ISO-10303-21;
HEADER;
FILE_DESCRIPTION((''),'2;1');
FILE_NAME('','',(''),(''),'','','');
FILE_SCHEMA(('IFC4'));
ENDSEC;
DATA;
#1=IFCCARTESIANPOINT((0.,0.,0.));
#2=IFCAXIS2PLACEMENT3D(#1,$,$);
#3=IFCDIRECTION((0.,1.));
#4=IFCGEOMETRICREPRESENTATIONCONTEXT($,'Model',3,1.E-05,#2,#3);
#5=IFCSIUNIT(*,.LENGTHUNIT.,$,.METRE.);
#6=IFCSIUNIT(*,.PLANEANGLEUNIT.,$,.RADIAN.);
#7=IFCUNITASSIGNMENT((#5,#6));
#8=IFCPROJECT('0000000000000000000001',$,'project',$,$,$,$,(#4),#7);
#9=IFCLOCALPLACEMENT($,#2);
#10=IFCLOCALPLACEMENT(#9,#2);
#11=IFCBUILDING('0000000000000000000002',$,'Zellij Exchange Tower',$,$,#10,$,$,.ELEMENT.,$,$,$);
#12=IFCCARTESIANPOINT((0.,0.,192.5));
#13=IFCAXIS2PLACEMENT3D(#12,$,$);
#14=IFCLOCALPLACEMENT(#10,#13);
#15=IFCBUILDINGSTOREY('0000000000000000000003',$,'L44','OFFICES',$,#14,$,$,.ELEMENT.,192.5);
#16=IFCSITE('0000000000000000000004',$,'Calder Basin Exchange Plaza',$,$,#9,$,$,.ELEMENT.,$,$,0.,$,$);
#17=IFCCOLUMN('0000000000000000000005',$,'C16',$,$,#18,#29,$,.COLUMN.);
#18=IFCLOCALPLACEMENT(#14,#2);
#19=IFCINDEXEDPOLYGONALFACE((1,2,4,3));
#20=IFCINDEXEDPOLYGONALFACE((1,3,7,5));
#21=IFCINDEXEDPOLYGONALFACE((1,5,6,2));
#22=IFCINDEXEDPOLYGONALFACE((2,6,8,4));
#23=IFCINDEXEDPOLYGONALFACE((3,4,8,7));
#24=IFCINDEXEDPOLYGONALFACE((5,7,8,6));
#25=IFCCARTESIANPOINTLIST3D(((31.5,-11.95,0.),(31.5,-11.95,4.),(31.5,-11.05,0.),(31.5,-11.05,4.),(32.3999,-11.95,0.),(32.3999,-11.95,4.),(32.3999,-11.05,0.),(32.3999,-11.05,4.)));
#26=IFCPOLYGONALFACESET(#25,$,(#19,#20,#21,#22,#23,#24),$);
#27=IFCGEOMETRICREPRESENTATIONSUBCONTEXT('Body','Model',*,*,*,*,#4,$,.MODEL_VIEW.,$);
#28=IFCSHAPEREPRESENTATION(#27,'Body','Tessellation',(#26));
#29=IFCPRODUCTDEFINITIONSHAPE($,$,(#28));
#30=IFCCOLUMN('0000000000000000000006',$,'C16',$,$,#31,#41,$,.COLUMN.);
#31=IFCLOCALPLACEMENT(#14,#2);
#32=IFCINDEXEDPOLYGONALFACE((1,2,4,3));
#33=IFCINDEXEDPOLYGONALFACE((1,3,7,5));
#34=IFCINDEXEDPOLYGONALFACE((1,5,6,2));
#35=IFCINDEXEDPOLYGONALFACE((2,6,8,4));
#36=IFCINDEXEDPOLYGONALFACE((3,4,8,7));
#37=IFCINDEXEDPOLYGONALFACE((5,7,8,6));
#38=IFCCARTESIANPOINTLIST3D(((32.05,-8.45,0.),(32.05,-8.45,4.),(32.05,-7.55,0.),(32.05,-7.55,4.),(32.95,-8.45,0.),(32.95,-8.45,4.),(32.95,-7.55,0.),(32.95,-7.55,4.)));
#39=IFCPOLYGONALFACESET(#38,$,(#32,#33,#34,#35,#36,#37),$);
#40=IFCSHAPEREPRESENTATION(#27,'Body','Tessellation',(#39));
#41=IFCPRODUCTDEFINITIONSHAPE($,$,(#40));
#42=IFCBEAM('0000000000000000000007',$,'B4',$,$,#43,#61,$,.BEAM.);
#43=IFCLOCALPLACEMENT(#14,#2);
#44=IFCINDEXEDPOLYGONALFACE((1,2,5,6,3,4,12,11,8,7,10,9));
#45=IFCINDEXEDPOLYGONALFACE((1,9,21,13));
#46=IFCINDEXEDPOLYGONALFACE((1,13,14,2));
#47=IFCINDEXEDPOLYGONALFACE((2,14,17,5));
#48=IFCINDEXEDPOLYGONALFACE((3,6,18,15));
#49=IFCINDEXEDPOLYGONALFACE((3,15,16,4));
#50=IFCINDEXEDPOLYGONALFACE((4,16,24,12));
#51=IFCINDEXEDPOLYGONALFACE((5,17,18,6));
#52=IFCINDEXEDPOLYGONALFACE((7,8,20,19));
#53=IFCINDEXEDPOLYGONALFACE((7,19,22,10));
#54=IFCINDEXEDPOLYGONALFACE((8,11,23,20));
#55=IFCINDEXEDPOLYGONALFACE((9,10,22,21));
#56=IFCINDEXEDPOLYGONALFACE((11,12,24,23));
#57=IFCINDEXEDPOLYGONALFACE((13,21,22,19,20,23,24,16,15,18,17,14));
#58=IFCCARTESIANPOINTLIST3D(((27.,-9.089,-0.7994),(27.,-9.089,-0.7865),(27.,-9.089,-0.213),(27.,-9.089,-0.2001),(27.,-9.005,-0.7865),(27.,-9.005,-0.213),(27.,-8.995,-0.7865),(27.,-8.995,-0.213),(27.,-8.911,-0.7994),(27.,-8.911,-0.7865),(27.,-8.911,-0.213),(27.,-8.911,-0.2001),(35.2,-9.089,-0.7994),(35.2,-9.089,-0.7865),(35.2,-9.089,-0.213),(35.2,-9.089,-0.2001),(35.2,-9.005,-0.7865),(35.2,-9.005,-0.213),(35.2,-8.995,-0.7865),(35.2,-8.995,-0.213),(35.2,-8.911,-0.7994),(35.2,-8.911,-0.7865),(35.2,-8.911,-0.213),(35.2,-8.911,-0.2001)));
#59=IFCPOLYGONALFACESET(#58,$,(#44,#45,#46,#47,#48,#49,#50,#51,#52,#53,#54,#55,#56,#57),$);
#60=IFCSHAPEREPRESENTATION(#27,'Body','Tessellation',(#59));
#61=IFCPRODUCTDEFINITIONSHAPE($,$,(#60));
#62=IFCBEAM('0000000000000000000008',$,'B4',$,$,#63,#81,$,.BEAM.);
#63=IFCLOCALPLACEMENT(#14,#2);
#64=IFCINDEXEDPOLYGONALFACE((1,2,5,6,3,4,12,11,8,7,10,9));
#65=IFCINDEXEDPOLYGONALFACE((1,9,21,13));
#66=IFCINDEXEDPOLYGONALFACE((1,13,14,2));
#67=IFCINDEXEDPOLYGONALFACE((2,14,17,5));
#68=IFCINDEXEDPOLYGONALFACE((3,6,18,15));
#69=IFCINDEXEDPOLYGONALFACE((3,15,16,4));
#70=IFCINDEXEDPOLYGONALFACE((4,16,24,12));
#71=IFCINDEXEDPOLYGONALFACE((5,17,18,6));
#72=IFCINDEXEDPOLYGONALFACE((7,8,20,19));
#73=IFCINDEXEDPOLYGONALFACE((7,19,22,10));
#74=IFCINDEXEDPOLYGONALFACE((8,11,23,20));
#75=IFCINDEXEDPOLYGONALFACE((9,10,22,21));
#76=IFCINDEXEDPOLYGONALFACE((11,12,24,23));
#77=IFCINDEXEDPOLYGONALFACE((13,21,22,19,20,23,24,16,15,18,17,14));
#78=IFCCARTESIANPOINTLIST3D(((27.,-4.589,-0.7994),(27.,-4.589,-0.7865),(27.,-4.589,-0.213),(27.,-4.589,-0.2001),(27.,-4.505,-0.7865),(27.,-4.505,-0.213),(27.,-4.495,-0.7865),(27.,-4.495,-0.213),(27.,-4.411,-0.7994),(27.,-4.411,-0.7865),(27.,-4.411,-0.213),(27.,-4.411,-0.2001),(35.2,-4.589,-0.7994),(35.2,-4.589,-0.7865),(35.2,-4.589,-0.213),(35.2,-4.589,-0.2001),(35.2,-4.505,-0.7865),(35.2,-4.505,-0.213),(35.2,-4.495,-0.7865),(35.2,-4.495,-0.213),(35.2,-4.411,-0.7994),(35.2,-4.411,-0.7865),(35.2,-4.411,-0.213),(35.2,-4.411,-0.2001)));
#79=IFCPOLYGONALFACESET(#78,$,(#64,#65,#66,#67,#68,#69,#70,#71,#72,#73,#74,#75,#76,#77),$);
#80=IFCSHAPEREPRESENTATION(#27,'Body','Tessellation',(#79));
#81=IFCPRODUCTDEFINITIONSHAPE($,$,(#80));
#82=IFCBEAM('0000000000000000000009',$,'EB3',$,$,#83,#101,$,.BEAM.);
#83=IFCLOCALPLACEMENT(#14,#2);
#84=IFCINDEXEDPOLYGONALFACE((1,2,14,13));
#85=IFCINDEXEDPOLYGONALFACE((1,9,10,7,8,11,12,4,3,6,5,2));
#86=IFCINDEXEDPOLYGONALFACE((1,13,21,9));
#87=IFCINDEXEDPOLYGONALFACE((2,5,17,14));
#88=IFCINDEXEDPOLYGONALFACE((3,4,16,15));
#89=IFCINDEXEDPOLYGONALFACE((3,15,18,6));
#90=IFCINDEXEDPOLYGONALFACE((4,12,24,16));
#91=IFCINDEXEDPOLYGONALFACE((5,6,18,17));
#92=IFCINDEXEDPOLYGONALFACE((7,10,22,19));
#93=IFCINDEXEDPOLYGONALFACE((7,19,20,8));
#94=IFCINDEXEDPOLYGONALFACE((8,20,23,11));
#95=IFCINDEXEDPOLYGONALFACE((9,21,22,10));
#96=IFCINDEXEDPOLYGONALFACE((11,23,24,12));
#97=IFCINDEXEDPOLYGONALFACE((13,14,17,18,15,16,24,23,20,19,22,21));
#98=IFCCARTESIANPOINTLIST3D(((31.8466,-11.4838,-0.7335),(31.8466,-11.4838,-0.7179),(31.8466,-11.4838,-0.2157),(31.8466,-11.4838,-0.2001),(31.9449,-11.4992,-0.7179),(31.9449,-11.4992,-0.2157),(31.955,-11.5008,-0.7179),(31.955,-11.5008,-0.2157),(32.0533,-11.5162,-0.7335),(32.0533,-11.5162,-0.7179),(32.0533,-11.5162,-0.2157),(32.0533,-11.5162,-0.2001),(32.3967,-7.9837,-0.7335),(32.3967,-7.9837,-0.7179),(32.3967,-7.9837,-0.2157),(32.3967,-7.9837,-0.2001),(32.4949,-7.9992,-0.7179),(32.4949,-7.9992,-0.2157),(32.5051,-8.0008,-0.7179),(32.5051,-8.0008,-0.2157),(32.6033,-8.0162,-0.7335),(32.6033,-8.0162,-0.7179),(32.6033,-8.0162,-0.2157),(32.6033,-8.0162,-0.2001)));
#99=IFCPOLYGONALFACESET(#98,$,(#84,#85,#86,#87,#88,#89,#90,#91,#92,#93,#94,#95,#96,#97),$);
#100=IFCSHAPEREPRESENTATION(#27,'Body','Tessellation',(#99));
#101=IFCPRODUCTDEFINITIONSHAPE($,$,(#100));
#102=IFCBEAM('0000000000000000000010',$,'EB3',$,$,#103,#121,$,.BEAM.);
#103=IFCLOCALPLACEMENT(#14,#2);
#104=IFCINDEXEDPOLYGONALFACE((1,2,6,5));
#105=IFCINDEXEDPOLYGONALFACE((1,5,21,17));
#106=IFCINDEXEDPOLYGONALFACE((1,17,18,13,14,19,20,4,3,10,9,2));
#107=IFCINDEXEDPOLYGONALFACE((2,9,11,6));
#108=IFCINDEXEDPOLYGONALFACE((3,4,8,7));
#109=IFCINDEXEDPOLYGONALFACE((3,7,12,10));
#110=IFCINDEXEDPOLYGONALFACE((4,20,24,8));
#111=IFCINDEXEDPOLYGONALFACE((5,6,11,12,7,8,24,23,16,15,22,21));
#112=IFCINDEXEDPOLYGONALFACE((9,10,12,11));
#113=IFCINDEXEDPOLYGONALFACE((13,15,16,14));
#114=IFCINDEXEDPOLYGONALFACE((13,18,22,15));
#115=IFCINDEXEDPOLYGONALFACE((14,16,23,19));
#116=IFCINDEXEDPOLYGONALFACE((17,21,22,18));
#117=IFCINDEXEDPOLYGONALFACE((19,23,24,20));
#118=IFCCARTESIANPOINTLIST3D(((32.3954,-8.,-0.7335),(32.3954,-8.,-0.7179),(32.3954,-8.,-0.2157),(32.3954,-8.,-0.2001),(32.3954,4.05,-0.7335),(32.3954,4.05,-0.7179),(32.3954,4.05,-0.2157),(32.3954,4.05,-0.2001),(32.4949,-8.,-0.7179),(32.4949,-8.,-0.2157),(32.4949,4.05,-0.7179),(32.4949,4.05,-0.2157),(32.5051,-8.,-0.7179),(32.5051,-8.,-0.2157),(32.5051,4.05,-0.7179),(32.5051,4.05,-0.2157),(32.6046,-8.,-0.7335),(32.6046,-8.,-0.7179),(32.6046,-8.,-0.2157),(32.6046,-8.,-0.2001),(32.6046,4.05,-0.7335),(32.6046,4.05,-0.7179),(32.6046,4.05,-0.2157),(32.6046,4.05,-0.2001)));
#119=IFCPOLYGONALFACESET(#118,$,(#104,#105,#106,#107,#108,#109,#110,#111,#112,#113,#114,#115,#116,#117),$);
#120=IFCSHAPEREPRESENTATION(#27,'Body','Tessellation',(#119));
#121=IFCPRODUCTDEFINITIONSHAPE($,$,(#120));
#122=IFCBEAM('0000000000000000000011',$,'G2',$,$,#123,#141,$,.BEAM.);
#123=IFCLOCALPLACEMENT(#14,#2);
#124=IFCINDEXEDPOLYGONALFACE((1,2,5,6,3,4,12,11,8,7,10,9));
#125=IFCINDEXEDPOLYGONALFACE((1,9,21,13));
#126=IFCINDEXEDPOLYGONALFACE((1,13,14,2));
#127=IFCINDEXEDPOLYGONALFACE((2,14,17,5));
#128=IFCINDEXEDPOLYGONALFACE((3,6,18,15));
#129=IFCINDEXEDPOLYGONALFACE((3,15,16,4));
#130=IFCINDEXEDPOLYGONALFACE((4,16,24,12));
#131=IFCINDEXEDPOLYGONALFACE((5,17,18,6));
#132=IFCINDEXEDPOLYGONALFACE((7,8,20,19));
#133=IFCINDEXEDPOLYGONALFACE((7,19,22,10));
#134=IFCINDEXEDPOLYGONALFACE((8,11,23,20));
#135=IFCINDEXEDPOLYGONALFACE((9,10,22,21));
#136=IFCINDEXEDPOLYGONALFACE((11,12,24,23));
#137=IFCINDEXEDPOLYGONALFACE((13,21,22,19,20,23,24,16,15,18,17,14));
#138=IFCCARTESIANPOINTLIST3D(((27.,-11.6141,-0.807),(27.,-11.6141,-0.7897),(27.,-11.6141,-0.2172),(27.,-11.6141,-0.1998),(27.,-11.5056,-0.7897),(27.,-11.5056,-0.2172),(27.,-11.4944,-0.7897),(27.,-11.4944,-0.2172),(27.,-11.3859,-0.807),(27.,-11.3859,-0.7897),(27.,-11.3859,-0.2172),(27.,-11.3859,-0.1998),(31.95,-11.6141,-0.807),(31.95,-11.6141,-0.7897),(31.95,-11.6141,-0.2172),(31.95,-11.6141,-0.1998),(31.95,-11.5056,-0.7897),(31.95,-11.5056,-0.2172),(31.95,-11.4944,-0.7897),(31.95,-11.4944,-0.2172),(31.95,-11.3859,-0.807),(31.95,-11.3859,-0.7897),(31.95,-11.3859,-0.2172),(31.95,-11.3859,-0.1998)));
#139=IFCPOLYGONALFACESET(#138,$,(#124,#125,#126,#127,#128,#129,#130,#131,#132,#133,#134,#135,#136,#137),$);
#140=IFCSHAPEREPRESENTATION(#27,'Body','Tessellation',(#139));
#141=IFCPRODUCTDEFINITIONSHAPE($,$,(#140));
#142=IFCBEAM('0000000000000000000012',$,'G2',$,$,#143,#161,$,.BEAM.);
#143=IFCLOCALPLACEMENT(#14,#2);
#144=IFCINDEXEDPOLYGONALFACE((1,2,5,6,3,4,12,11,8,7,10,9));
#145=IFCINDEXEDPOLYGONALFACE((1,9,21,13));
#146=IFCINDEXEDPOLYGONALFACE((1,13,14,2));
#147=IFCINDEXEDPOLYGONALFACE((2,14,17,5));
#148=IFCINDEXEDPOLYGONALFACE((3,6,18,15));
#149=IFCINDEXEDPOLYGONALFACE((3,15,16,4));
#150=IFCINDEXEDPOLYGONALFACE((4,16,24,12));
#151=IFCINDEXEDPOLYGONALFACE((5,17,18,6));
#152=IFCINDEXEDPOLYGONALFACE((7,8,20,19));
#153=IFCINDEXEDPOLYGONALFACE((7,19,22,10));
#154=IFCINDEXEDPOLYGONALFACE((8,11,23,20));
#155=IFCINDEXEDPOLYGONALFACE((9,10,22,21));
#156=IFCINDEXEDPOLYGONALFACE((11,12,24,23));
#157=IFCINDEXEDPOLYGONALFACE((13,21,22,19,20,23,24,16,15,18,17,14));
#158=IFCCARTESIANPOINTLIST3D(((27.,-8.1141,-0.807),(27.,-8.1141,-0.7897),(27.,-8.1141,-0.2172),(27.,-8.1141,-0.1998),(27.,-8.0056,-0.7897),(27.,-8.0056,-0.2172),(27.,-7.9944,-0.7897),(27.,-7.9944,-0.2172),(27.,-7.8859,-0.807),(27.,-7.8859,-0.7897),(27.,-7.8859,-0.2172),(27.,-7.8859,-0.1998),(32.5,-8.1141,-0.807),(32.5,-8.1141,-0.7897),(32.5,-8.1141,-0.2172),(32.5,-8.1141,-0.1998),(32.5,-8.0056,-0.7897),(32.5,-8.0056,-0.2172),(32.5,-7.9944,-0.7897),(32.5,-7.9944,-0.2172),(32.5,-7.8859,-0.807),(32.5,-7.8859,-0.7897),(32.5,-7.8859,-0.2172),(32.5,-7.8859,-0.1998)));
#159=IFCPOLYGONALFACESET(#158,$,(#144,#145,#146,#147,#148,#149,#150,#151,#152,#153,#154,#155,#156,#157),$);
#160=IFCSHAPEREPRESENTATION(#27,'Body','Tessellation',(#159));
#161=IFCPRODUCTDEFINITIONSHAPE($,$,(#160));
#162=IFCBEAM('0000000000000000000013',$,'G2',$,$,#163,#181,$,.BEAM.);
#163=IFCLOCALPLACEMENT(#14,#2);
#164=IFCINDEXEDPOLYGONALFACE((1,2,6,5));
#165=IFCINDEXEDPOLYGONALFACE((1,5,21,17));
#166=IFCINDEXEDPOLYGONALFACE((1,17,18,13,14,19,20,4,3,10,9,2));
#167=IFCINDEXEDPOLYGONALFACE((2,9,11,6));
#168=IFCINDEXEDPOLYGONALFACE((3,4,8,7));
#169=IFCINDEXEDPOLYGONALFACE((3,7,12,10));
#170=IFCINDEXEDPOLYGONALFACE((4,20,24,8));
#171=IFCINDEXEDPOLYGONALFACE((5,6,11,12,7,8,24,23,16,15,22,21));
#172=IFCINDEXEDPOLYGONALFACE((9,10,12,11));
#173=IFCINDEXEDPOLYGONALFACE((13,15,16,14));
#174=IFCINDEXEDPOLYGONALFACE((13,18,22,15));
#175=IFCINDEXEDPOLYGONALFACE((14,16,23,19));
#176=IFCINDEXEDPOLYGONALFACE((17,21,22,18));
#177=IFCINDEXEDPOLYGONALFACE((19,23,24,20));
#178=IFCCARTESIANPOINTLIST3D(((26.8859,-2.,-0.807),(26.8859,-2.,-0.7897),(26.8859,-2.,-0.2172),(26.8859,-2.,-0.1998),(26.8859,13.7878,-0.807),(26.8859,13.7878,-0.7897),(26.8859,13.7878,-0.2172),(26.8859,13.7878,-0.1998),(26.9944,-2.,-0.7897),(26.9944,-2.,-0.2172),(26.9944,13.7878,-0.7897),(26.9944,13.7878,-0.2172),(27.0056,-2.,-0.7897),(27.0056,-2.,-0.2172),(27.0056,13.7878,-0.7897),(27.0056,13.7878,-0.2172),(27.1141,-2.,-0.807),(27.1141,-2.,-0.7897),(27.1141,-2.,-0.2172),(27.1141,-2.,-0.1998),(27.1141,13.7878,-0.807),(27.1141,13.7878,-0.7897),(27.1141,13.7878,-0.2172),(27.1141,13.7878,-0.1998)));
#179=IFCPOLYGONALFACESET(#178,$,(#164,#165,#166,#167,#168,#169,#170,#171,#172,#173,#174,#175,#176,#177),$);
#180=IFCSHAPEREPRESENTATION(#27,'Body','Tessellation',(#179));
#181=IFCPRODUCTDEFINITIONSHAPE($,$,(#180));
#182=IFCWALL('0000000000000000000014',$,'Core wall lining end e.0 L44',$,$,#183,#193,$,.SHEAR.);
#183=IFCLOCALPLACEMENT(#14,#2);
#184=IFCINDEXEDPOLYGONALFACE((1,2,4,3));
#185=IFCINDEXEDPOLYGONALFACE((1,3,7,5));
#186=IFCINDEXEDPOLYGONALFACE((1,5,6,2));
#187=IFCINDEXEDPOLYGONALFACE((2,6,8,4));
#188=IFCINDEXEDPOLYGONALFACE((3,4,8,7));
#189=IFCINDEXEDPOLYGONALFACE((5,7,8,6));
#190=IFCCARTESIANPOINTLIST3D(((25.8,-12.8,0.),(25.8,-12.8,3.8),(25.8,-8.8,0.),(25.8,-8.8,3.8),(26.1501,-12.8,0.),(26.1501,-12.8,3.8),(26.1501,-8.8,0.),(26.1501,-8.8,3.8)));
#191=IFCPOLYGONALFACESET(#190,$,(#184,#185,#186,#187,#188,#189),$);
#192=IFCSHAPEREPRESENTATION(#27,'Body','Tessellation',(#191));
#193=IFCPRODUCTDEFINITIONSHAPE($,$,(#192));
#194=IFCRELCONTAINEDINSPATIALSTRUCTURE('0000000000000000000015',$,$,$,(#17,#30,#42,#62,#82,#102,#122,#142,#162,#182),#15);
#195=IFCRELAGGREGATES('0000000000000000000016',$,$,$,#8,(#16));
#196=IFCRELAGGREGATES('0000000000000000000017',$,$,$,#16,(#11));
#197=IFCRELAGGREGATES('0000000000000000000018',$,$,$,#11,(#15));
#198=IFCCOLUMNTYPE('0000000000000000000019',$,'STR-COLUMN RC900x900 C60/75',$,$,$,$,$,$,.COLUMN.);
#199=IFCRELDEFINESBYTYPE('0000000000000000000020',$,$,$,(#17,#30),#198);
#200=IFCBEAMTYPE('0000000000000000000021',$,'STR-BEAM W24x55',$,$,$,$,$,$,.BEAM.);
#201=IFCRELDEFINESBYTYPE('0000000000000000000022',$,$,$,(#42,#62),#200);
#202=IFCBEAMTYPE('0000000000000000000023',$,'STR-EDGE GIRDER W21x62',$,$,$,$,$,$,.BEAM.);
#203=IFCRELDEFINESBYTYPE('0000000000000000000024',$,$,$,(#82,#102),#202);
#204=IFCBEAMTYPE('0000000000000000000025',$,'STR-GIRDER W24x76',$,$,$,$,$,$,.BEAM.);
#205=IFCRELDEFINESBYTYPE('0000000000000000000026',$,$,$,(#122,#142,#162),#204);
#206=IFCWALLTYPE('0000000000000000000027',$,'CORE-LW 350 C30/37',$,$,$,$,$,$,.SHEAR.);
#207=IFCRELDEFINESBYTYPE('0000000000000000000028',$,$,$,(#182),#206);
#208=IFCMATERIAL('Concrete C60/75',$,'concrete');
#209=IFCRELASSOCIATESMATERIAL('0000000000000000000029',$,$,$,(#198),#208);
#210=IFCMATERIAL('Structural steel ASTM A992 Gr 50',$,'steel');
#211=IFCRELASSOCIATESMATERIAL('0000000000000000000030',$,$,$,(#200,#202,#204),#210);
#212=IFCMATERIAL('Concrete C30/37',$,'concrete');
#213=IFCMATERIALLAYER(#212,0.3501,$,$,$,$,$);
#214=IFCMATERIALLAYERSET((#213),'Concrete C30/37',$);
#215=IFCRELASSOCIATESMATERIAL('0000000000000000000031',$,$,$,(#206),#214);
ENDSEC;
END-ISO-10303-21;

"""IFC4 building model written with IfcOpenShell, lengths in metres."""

from ifc_helpers import new_model, si_unit, direction, frame, frame_2d, origin, origin_2d, place, context, subcontext, project, spatial, rectangle, i_section, extrude, material, layer, layer_set, material_profile, profile_set, type_object, element, save


model = new_model("IFC4")

# Units and contexts
model_context = context("Model", 3, precision=1e-05, world=origin(), true_north=direction((0.0, 1.0)))
body_context = subcontext(model_context, "Body", "Model", "MODEL_VIEW")
ifc_project = project(units=[si_unit("LENGTHUNIT", "METRE"), si_unit("PLANEANGLEUNIT", "RADIAN")], contexts=[model_context])

# Site, building, storey
site_placement = place(None, origin())
site = spatial("IfcSite", under=ifc_project, at=site_placement, Name="Calder Basin Exchange Plaza", CompositionType="ELEMENT", RefElevation=0.0)
building_placement = place(site_placement, origin())
building = spatial("IfcBuilding", under=site, at=building_placement, Name="Zellij Exchange Tower", CompositionType="ELEMENT")
storey_placement = place(building_placement, frame((0.0, 0.0, 192.5)))
storey = spatial("IfcBuildingStorey", under=building, at=storey_placement, Name="L44", Description="OFFICES", CompositionType="ELEMENT", Elevation=192.5)

# Columns
ifc_material_1 = material(Name="Concrete C60/75", Category="concrete")
ifc_material_profile_1 = material_profile(ifc_material_1, rectangle(XDim=0.8999, YDim=0.8999, at=origin_2d()), Name="STR-COLUMN RC900x900 C60/75")
ifc_profile_set_1 = profile_set([ifc_material_profile_1], Name="Concrete C60/75")
column_type = type_object("IfcColumnType", Name="STR-COLUMN RC900x900 C60/75", PredefinedType="COLUMN", material=ifc_profile_set_1)
for number, where, z_axis, x_axis, name in (
    (1, (31.95, -11.5, 0.0), (0.0, 0.0, 1.0), (1.0, 0.0, 0.0), "C16"),
    (2, (32.5, -8.0, 0.0), (0.0, 0.0, 1.0), (1.0, 0.0, 0.0), "C16"),
):
    element("IfcColumn", number, at=place(storey_placement, frame(where, z_axis=z_axis, x_axis=x_axis)), inside=storey, type_object=column_type, Name=name, PredefinedType="COLUMN", context=body_context, shape_type="SweptSolid", body=[
        extrude(rectangle(XDim=0.8999, YDim=0.8999, at=origin_2d()), origin(), (0.0, 0.0, 1.0), 4.0),
    ])

# Beams
ifc_material_2 = material(Name="Structural steel ASTM A992 Gr 50", Category="steel")
ifc_material_profile_2 = material_profile(ifc_material_2, i_section(OverallWidth=0.178, OverallDepth=0.5994, WebThickness=0.01, FlangeThickness=0.0129, at=origin_2d()), Name="W24x55")
ifc_profile_set_2 = profile_set([ifc_material_profile_2], Name="Structural steel ASTM A992 Gr 50")
beam_type_1 = type_object("IfcBeamType", Name="STR-BEAM W24x55", PredefinedType="BEAM", material=ifc_profile_set_2)
for number, where, z_axis, x_axis, name in (
    (3, (27.0, -9.0, -0.4998), (1.0, 0.0, 0.0), (0.0, 1.0, 0.0), "B4"),
    (4, (27.0, -4.5, -0.4998), (1.0, 0.0, 0.0), (0.0, 1.0, 0.0), "B4"),
):
    element("IfcBeam", number, at=place(storey_placement, frame(where, z_axis=z_axis, x_axis=x_axis)), inside=storey, type_object=beam_type_1, Name=name, PredefinedType="BEAM", context=body_context, shape_type="SweptSolid", body=[
        extrude(i_section(OverallWidth=0.178, OverallDepth=0.5994, WebThickness=0.01, FlangeThickness=0.0129, at=origin_2d()), origin(), (0.0, 0.0, 1.0), 8.2),
    ])
ifc_material_profile_3 = material_profile(ifc_material_2, i_section(OverallWidth=0.2092, OverallDepth=0.5334, WebThickness=0.0103, FlangeThickness=0.0156, at=origin_2d()), Name="W21x62")
ifc_profile_set_3 = profile_set([ifc_material_profile_3], Name="Structural steel ASTM A992 Gr 50")
beam_type_2 = type_object("IfcBeamType", Name="STR-EDGE GIRDER W21x62", PredefinedType="BEAM", material=ifc_profile_set_3)
beam_1_placement = place(storey_placement, frame((31.95, -11.5, -0.4668), z_axis=(0.155251, 0.987875, 0.0), x_axis=(-0.987875, 0.155251, 0.0)))
element("IfcBeam", 5, at=beam_1_placement, inside=storey, type_object=beam_type_2, Name="EB3", PredefinedType="BEAM", context=body_context, shape_type="SweptSolid", body=[
    extrude(i_section(OverallWidth=0.2092, OverallDepth=0.5334, WebThickness=0.0103, FlangeThickness=0.0156, at=origin_2d()), origin(), (0.0, 0.0, 1.0), 3.543),
])
beam_2_placement = place(storey_placement, frame((32.5, -8.0, -0.4668), z_axis=(0.0, 1.0, 0.0), x_axis=(-1.0, 0.0, 0.0)))
element("IfcBeam", 6, at=beam_2_placement, inside=storey, type_object=beam_type_2, Name="EB3", PredefinedType="BEAM", context=body_context, shape_type="SweptSolid", body=[
    extrude(i_section(OverallWidth=0.2092, OverallDepth=0.5334, WebThickness=0.0103, FlangeThickness=0.0156, at=origin_2d()), origin(), (0.0, 0.0, 1.0), 12.05),
])
ifc_material_profile_4 = material_profile(ifc_material_2, i_section(OverallWidth=0.2283, OverallDepth=0.6072, WebThickness=0.0112, FlangeThickness=0.0173, at=origin_2d()), Name="W24x76")
ifc_profile_set_4 = profile_set([ifc_material_profile_4], Name="Structural steel ASTM A992 Gr 50")
beam_type_3 = type_object("IfcBeamType", Name="STR-GIRDER W24x76", PredefinedType="BEAM", material=ifc_profile_set_4)
beam_3_placement = place(storey_placement, frame((27.0, -11.5, -0.5034), z_axis=(1.0, 0.0, 0.0), x_axis=(0.0, 1.0, 0.0)))
element("IfcBeam", 7, at=beam_3_placement, inside=storey, type_object=beam_type_3, Name="G2", PredefinedType="BEAM", context=body_context, shape_type="SweptSolid", body=[
    extrude(i_section(OverallWidth=0.2283, OverallDepth=0.6072, WebThickness=0.0112, FlangeThickness=0.0173, at=origin_2d()), origin(), (0.0, 0.0, 1.0), 4.95),
])
beam_4_placement = place(storey_placement, frame((27.0, -8.0, -0.5034), z_axis=(1.0, 0.0, 0.0), x_axis=(0.0, 1.0, 0.0)))
element("IfcBeam", 8, at=beam_4_placement, inside=storey, type_object=beam_type_3, Name="G2", PredefinedType="BEAM", context=body_context, shape_type="SweptSolid", body=[
    extrude(i_section(OverallWidth=0.2283, OverallDepth=0.6072, WebThickness=0.0112, FlangeThickness=0.0173, at=origin_2d()), origin(), (0.0, 0.0, 1.0), 5.5),
])
beam_5_placement = place(storey_placement, frame((27.0, -2.0, -0.5034), z_axis=(0.0, 1.0, 0.0), x_axis=(-1.0, 0.0, 0.0)))
element("IfcBeam", 9, at=beam_5_placement, inside=storey, type_object=beam_type_3, Name="G2", PredefinedType="BEAM", context=body_context, shape_type="SweptSolid", body=[
    extrude(i_section(OverallWidth=0.2283, OverallDepth=0.6072, WebThickness=0.0112, FlangeThickness=0.0173, at=origin_2d()), origin(), (0.0, 0.0, 1.0), 15.7878),
])

# Wall
ifc_material_3 = material(Name="Concrete C30/37", Category="concrete")
ifc_layer_1 = layer(ifc_material_3, 0.3501)
ifc_layer_set_1 = layer_set([ifc_layer_1], Name="Concrete C30/37")
wall_type_1 = type_object("IfcWallType", Name="CORE-LW 350 C30/37", PredefinedType="SHEAR", material=ifc_layer_set_1)
wall_1_placement = place(storey_placement, frame((25.9751, -12.8, 0.0), z_axis=(0.0, 0.0, 1.0), x_axis=(0.0, 1.0, 0.0)))
element("IfcWall", 10, at=wall_1_placement, inside=storey, type_object=wall_type_1, Name="Core wall lining end e.0 L44", PredefinedType="SHEAR", context=body_context, shape_type="SweptSolid", body=[
    extrude(rectangle(XDim=4.0, YDim=0.3501, at=frame_2d((2.0, 0.0))), origin(), (0.0, 0.0, 1.0), 3.8),
])

save(model, "model.ifc")
